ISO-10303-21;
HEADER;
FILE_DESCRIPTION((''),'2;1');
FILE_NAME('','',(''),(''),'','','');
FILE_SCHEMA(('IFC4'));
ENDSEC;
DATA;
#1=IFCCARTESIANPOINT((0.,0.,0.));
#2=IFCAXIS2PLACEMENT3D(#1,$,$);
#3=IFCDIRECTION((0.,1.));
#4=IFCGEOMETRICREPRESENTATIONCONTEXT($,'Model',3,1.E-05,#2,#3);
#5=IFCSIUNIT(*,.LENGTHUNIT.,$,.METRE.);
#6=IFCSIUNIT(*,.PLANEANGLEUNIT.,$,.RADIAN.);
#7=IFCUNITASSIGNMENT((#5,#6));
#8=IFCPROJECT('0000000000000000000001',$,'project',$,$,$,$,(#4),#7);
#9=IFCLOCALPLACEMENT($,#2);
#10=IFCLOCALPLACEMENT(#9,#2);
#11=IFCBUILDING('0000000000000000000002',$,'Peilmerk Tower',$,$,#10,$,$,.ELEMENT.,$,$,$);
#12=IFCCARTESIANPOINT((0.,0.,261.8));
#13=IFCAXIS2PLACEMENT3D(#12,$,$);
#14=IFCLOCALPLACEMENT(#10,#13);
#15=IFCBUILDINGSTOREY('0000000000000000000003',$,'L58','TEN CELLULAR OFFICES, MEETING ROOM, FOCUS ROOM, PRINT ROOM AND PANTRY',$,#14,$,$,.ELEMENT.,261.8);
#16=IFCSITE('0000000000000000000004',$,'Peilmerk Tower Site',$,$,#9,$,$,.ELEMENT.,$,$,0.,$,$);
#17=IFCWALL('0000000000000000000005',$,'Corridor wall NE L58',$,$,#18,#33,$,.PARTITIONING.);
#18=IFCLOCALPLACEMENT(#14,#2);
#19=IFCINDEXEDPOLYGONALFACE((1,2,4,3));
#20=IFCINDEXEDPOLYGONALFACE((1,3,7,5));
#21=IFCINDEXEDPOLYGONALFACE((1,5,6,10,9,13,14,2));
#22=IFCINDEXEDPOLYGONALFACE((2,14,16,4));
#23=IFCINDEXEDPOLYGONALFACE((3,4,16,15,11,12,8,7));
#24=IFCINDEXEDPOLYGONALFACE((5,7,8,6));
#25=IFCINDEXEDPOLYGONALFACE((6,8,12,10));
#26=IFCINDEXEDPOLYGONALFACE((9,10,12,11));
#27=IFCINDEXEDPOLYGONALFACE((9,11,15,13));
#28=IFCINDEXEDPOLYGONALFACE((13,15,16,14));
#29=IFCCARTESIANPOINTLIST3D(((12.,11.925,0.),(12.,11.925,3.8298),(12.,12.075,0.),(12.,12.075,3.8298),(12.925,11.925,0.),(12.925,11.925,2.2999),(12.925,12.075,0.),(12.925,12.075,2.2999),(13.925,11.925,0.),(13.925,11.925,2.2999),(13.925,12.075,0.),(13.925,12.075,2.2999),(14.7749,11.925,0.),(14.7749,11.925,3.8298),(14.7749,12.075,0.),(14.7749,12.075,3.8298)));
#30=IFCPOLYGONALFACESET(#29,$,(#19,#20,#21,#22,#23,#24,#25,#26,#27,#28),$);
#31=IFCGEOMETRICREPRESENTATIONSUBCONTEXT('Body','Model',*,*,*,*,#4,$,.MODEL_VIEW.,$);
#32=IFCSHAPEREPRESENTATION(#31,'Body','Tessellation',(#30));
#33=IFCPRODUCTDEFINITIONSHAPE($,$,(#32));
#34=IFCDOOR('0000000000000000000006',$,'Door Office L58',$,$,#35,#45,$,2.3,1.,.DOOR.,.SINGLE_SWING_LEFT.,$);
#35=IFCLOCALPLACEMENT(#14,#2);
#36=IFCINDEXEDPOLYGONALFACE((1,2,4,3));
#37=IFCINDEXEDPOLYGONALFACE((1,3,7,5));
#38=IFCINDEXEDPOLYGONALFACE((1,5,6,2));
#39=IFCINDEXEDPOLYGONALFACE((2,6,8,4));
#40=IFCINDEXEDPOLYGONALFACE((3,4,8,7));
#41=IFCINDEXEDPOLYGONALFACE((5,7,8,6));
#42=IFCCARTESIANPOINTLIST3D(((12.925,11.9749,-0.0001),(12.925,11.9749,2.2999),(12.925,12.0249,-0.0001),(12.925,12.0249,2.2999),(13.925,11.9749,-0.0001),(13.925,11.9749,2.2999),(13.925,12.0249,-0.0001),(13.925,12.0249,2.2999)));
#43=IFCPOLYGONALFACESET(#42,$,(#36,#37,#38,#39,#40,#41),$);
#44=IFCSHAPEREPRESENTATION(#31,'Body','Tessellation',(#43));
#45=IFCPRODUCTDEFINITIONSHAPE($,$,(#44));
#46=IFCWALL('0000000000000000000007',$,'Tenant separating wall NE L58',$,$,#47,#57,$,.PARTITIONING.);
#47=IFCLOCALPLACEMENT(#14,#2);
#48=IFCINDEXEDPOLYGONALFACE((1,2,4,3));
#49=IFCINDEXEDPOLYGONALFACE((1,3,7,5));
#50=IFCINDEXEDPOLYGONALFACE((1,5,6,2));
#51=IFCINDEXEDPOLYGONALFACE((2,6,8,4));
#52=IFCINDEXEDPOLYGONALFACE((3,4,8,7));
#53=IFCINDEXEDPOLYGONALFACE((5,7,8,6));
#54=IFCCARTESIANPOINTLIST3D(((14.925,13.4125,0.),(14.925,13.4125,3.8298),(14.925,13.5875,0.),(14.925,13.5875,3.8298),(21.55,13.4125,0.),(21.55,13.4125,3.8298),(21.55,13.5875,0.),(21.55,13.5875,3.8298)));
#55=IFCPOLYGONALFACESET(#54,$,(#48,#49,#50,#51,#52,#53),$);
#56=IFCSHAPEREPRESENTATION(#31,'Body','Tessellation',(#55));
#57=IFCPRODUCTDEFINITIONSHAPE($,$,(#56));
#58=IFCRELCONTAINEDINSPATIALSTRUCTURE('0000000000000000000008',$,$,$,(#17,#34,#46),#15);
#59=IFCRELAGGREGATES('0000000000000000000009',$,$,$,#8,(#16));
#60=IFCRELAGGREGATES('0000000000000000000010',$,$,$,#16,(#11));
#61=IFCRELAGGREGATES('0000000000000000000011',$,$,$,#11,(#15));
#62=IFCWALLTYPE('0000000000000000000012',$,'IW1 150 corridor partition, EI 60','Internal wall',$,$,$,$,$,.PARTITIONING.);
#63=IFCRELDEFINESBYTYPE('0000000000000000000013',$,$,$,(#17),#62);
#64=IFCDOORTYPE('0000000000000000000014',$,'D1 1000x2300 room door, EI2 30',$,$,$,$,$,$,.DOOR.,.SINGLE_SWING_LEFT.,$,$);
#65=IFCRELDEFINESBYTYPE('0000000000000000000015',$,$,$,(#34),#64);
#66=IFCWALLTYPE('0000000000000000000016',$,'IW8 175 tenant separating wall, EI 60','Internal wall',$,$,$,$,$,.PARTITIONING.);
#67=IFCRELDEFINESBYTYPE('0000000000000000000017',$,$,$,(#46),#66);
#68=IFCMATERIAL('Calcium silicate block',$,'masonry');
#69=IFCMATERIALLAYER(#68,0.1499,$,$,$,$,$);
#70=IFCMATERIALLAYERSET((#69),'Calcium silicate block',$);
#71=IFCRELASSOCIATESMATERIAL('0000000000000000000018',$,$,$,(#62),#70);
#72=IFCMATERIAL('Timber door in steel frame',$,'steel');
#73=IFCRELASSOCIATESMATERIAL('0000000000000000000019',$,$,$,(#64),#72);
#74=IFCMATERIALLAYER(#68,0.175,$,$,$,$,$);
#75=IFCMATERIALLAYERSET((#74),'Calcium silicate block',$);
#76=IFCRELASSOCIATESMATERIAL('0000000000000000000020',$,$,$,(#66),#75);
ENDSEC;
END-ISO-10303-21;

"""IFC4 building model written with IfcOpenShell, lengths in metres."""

from ifc_helpers import new_model, si_unit, direction, frame, frame_2d, origin, place, context, subcontext, project, spatial, rectangle, extrude, material, layer, layer_set, type_object, element, fill, save


model = new_model("IFC4")

# Units and contexts
model_context = context("Model", 3, precision=1e-05, world=origin(), true_north=direction((0.0, 1.0)))
body_context = subcontext(model_context, "Body", "Model", "MODEL_VIEW")
ifc_project = project(units=[si_unit("LENGTHUNIT", "METRE"), si_unit("PLANEANGLEUNIT", "RADIAN")], contexts=[model_context])

# Site, building, storey
site_placement = place(None, origin())
site = spatial("IfcSite", under=ifc_project, at=site_placement, Name="Peilmerk Tower Site", CompositionType="ELEMENT", RefElevation=0.0)
building_placement = place(site_placement, origin())
building = spatial("IfcBuilding", under=site, at=building_placement, Name="Peilmerk Tower", CompositionType="ELEMENT")
storey_placement = place(building_placement, frame((0.0, 0.0, 261.8)))
storey = spatial("IfcBuildingStorey", under=building, at=storey_placement, Name="L58", Description="TEN CELLULAR OFFICES, MEETING ROOM, FOCUS ROOM, PRINT ROOM AND PANTRY", CompositionType="ELEMENT", Elevation=261.8)

# Wall, opening, door
ifc_material_1 = material(Name="Calcium silicate block", Category="masonry")
ifc_layer_1 = layer(ifc_material_1, 0.1499)
ifc_layer_set_1 = layer_set([ifc_layer_1], Name="Calcium silicate block")
wall_type_1 = type_object("IfcWallType", Name="IW1 150 corridor partition, EI 60", Description="Internal wall", PredefinedType="PARTITIONING", material=ifc_layer_set_1)
wall_1_placement = place(storey_placement, frame((12.0, 12.0, 0.0), z_axis=(0.0, 0.0, 1.0), x_axis=(1.0, 0.0, 0.0)))
wall_1 = element("IfcWall", 1, at=wall_1_placement, inside=storey, type_object=wall_type_1, Name="Corridor wall NE L58", PredefinedType="PARTITIONING", context=body_context, shape_type="SweptSolid", body=[
    extrude(rectangle(XDim=2.7749, YDim=0.1499, at=frame_2d((1.3875, 0.0))), origin(), (0.0, 0.0, 1.0), 3.8298),
])
opening_placement = place(wall_1_placement, frame((0.925, 0.0, 0.0)))
opening = element("IfcOpeningElement", 2, at=opening_placement, cuts=wall_1, PredefinedType="OPENING", context=body_context, shape_type="SweptSolid", body=[
    extrude(rectangle(XDim=1.0, YDim=2.3, at=frame_2d((0.5, 1.1499))), frame((0.0, 0.085, 0.0), z_axis=(0.0, -1.0, 0.0), x_axis=(1.0, 0.0, 0.0)), (0.0, 0.0, 1.0), 0.1699),
])
ifc_material_2 = material(Name="Timber door in steel frame", Category="steel")
door_type = type_object("IfcDoorType", Name="D1 1000x2300 room door, EI2 30", OperationType="SINGLE_SWING_LEFT", PredefinedType="DOOR", material=ifc_material_2)
door_placement = place(opening_placement, origin())
door = element("IfcDoor", 3, at=door_placement, inside=storey, type_object=door_type, Name="Door Office L58", OperationType="SINGLE_SWING_LEFT", OverallHeight=2.3, OverallWidth=1.0, PredefinedType="DOOR", context=body_context, shape_type="SweptSolid", body=[
    extrude(rectangle(XDim=1.0, YDim=2.3, at=frame_2d((0.5, 1.1499))), frame((0.0, 0.0249, 0.0), z_axis=(0.0, -1.0, 0.0), x_axis=(1.0, 0.0, 0.0)), (0.0, 0.0, 1.0), 0.05),
])
fill(opening, door)

# Wall
ifc_layer_2 = layer(ifc_material_1, 0.175)
ifc_layer_set_2 = layer_set([ifc_layer_2], Name="Calcium silicate block")
wall_type_2 = type_object("IfcWallType", Name="IW8 175 tenant separating wall, EI 60", Description="Internal wall", PredefinedType="PARTITIONING", material=ifc_layer_set_2)
wall_2_placement = place(storey_placement, frame((14.925, 13.5, 0.0), z_axis=(0.0, 0.0, 1.0), x_axis=(1.0, 0.0, 0.0)))
element("IfcWall", 4, at=wall_2_placement, inside=storey, type_object=wall_type_2, Name="Tenant separating wall NE L58", PredefinedType="PARTITIONING", context=body_context, shape_type="SweptSolid", body=[
    extrude(rectangle(XDim=6.625, YDim=0.175, at=frame_2d((3.3125, 0.0))), origin(), (0.0, 0.0, 1.0), 3.8298),
])

save(model, "model.ifc")
